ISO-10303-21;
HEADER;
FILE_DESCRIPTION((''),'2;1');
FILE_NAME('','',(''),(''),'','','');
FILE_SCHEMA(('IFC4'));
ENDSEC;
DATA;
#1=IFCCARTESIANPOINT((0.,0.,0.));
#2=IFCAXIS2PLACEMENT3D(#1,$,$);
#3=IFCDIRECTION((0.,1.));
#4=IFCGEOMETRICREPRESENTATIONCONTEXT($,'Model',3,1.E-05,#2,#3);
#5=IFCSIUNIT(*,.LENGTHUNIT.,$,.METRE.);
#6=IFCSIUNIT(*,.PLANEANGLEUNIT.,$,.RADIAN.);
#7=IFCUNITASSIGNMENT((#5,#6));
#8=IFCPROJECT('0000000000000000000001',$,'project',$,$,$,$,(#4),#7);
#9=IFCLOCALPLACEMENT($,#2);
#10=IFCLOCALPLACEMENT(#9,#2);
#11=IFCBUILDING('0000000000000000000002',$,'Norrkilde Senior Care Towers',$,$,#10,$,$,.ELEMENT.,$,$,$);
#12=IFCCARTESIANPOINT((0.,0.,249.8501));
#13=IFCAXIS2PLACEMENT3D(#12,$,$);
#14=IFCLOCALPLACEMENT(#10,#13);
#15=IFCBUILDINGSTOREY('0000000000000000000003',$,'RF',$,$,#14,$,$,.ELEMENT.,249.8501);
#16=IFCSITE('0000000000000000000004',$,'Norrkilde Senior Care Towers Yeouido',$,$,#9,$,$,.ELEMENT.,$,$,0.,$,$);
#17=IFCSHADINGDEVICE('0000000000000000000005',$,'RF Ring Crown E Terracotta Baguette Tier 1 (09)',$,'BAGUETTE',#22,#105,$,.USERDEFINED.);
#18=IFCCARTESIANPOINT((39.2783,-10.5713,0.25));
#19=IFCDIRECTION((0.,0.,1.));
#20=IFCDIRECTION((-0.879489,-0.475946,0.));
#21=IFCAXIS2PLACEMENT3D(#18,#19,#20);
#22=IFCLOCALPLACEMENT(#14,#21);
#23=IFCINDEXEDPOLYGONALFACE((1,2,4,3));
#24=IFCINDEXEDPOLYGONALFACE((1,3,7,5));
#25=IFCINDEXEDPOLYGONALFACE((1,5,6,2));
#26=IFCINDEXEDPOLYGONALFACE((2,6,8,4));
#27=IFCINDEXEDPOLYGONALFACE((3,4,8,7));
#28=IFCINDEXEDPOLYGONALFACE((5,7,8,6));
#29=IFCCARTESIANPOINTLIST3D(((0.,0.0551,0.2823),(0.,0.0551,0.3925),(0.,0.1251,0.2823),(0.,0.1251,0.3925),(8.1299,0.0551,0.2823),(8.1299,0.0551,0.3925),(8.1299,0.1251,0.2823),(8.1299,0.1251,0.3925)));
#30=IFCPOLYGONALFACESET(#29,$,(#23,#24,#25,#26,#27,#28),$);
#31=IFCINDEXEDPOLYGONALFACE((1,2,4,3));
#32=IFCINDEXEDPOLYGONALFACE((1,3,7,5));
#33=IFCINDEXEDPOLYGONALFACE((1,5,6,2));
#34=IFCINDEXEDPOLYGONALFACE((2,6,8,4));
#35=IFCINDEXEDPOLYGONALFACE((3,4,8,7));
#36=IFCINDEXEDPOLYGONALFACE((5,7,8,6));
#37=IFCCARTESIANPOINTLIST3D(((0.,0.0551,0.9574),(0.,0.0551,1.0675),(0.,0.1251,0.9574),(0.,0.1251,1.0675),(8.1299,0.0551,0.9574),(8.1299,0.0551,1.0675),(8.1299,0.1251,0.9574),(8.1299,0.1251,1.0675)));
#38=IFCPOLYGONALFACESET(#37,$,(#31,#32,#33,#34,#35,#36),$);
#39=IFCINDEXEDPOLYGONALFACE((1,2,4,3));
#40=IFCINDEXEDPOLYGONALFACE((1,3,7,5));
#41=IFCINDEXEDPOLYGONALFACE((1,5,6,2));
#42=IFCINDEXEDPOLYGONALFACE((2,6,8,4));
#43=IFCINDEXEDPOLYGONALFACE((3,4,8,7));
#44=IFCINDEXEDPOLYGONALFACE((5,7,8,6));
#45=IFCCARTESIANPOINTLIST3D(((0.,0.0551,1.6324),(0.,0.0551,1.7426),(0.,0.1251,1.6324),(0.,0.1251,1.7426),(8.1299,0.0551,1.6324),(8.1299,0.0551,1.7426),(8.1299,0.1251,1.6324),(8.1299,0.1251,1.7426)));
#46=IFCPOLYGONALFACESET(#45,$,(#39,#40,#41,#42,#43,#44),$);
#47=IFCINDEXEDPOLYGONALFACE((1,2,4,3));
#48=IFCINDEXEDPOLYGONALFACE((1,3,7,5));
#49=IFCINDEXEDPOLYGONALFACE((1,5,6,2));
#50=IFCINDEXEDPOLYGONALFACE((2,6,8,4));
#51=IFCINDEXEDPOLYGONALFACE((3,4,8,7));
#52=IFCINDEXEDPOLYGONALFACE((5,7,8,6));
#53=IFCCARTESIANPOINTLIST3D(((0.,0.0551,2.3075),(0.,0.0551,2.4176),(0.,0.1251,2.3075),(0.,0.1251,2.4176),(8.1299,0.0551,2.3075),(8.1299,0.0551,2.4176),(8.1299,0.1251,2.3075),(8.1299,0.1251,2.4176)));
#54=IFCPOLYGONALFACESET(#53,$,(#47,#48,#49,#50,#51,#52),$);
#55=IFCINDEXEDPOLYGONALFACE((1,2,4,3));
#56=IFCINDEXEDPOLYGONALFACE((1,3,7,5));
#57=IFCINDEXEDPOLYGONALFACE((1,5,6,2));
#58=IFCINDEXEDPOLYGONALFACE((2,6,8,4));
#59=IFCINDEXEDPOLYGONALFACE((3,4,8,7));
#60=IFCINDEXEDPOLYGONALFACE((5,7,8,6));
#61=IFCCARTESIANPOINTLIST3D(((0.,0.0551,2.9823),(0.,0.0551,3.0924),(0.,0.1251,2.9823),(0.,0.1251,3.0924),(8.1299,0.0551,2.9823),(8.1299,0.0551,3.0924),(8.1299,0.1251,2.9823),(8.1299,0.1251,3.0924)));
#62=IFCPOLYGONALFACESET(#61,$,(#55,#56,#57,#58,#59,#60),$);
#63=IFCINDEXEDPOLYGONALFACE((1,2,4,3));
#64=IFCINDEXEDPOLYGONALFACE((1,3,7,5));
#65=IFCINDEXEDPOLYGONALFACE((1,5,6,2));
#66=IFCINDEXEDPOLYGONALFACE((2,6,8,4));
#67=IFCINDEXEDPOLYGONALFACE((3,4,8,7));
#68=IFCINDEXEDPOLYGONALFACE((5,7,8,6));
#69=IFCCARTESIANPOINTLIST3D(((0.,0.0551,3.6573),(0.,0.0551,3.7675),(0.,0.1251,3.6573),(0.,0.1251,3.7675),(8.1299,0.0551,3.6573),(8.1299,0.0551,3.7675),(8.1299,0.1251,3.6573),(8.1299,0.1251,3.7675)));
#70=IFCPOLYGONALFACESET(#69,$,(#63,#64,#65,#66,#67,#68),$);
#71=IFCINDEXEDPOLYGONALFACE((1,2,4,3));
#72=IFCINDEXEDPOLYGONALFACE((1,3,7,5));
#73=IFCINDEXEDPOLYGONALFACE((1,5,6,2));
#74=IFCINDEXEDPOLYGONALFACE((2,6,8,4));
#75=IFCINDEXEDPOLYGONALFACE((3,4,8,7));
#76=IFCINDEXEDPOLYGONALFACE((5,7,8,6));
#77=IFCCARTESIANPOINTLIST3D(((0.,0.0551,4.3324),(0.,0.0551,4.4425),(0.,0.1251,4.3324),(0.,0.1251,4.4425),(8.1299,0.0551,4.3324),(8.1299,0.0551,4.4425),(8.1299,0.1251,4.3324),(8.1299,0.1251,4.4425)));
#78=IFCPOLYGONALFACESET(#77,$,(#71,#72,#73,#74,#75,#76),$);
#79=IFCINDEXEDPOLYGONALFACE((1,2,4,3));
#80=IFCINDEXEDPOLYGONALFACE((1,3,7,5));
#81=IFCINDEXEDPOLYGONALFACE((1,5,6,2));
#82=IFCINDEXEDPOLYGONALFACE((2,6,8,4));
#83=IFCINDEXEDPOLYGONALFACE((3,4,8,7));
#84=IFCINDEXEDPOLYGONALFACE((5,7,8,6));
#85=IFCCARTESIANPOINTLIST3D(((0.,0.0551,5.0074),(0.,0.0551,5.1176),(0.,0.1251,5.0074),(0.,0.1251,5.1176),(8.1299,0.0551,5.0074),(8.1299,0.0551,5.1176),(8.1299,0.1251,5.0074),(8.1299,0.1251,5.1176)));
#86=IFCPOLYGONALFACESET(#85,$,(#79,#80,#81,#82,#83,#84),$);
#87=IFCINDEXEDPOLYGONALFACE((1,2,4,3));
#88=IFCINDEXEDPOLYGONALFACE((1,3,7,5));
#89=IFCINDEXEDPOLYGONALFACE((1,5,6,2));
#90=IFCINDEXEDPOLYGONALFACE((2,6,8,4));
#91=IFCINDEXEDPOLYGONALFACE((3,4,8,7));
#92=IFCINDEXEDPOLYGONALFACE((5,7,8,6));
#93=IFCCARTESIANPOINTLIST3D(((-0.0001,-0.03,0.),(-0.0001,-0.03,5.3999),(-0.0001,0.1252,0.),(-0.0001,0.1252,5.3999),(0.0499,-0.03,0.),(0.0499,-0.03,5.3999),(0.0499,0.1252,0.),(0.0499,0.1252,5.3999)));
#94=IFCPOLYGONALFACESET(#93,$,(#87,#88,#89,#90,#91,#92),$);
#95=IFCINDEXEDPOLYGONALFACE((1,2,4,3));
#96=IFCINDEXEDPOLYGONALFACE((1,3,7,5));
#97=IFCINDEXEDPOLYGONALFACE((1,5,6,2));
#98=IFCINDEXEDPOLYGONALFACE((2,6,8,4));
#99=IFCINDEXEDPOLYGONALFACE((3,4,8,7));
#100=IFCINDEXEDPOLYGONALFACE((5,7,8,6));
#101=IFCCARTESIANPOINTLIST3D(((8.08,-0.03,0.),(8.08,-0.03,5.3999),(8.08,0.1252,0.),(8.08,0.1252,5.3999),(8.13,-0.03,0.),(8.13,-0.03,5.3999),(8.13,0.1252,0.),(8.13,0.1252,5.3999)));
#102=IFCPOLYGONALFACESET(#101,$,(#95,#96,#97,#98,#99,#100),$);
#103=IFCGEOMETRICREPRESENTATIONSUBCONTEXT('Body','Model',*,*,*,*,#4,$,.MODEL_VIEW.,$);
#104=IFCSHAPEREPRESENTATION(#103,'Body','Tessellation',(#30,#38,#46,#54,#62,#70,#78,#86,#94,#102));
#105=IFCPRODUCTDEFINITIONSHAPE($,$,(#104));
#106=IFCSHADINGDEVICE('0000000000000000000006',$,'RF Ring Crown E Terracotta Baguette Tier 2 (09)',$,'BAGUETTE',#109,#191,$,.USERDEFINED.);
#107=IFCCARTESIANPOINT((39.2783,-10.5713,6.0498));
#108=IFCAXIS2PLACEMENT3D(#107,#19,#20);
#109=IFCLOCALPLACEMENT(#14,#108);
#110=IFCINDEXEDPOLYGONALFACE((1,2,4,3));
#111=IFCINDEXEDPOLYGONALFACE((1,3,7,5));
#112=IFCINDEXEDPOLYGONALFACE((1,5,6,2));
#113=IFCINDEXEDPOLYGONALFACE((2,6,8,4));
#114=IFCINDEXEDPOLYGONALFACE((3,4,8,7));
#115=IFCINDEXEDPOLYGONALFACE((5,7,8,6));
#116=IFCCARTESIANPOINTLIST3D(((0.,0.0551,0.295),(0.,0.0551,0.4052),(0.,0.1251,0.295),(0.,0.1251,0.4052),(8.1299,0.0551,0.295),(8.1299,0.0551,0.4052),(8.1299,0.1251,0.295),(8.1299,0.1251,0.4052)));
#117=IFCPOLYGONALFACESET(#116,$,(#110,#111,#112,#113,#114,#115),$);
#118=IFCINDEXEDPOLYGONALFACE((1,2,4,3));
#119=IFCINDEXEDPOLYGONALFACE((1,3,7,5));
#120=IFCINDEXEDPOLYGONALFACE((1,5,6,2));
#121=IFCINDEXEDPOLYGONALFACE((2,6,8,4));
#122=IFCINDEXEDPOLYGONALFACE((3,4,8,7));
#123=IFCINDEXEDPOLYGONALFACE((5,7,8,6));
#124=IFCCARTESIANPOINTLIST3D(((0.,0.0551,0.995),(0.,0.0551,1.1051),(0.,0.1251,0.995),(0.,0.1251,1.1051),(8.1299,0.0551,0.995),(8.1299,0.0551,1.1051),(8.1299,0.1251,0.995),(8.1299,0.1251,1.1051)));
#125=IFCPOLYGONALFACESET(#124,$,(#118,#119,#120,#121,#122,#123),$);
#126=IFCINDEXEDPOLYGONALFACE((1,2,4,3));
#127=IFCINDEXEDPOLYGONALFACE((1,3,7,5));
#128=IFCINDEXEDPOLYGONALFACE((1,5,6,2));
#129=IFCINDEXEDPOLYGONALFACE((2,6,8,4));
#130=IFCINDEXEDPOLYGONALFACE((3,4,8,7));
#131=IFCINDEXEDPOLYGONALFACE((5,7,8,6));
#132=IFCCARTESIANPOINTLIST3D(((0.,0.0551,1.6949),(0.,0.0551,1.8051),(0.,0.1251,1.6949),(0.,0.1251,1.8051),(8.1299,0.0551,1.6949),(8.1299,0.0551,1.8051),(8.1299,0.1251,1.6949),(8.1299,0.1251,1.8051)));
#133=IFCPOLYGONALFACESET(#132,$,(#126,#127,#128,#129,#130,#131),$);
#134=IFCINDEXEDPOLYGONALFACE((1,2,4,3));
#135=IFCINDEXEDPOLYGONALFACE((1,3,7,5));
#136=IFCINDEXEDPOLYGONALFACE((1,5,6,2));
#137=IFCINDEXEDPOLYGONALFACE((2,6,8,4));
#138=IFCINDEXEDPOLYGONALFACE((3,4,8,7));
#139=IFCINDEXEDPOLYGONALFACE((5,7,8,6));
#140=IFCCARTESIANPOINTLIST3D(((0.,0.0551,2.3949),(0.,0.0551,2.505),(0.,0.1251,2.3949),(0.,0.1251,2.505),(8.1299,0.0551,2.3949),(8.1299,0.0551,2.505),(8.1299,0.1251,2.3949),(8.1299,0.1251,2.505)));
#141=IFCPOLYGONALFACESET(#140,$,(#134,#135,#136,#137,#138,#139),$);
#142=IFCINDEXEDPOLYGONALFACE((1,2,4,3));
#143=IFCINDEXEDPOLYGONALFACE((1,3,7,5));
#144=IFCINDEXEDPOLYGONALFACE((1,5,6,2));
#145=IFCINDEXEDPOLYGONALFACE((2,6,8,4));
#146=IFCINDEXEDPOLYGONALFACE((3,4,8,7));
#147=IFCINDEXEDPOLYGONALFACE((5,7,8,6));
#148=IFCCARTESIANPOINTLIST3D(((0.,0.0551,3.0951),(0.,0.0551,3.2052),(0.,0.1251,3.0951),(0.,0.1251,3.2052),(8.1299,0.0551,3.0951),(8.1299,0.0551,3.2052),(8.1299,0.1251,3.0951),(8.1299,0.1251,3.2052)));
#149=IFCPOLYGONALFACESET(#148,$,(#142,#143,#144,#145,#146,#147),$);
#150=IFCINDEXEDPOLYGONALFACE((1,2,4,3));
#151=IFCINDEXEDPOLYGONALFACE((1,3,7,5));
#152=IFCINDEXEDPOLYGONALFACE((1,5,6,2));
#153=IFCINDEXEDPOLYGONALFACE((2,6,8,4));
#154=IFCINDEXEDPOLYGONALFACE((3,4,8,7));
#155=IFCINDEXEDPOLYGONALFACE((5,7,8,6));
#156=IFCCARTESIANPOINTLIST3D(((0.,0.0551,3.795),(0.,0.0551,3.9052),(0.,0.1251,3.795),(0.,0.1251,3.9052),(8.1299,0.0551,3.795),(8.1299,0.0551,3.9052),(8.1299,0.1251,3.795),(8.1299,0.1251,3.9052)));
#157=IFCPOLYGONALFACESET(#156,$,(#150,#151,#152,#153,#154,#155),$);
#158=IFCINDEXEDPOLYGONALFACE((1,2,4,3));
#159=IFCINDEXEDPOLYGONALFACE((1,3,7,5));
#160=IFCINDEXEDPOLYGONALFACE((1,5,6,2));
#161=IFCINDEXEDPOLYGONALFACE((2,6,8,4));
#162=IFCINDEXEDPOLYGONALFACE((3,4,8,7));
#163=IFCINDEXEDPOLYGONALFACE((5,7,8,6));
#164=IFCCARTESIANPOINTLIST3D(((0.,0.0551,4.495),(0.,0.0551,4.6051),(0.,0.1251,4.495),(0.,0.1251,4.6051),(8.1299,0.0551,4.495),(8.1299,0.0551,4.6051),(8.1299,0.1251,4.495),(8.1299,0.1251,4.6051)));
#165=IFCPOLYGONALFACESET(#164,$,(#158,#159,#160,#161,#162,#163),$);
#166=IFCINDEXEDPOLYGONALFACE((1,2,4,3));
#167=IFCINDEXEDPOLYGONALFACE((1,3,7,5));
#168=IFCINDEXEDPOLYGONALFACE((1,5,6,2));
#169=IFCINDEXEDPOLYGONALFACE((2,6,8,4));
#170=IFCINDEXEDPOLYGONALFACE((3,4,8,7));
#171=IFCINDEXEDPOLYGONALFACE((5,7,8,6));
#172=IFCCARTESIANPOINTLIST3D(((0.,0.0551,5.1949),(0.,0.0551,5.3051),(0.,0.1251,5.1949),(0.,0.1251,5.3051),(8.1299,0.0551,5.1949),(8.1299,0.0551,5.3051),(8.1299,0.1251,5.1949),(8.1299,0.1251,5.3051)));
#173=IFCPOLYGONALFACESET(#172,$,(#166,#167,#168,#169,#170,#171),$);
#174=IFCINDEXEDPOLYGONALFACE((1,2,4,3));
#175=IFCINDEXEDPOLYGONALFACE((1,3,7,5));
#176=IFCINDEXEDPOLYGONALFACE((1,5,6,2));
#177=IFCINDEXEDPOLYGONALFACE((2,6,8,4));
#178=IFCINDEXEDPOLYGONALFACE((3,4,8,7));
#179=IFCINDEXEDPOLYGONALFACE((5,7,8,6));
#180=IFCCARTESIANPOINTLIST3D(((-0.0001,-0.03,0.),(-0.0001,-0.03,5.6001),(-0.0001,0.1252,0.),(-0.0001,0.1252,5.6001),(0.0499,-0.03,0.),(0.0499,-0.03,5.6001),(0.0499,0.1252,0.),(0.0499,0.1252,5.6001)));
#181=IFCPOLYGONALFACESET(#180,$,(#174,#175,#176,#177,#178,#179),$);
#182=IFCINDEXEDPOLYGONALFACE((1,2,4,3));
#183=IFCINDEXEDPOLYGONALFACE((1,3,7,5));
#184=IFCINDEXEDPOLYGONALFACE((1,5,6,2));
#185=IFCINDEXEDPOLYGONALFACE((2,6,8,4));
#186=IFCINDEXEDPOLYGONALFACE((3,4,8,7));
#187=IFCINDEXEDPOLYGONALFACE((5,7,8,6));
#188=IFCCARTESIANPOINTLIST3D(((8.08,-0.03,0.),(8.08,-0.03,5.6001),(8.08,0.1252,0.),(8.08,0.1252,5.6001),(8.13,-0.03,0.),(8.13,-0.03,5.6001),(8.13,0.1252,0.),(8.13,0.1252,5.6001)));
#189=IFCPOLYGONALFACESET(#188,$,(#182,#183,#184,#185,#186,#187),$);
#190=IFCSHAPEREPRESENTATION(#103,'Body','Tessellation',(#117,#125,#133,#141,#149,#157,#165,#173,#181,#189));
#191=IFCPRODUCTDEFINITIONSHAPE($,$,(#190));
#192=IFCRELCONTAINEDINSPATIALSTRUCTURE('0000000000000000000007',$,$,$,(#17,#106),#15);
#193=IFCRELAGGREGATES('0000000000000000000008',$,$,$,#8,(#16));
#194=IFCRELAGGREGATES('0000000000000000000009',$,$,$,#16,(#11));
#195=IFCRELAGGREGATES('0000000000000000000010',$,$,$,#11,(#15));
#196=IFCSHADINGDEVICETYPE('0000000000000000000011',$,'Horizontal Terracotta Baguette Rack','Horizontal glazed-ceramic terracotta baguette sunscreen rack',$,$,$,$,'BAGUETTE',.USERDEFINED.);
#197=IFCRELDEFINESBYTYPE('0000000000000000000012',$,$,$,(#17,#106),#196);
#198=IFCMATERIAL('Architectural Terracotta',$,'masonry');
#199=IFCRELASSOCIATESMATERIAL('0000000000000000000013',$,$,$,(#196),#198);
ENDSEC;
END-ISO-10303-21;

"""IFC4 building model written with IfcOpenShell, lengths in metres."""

from ifc_helpers import new_model, si_unit, direction, frame, origin, origin_2d, place, context, subcontext, project, spatial, rectangle, extrude, source, transform, mapped, material, type_object, element, save


model = new_model("IFC4")

# Units and contexts
model_context = context("Model", 3, precision=1e-05, world=origin(), true_north=direction((0.0, 1.0)))
body_context = subcontext(model_context, "Body", "Model", "MODEL_VIEW")
ifc_project = project(units=[si_unit("LENGTHUNIT", "METRE"), si_unit("PLANEANGLEUNIT", "RADIAN")], contexts=[model_context])

# Site, building, storey
site_placement = place(None, origin())
site = spatial("IfcSite", under=ifc_project, at=site_placement, Name="Norrkilde Senior Care Towers Yeouido", CompositionType="ELEMENT", RefElevation=0.0)
building_placement = place(site_placement, origin())
building = spatial("IfcBuilding", under=site, at=building_placement, Name="Norrkilde Senior Care Towers", CompositionType="ELEMENT")
storey_placement = place(building_placement, frame((0.0, 0.0, 249.8501)))
storey = spatial("IfcBuildingStorey", under=building, at=storey_placement, Name="RF", CompositionType="ELEMENT", Elevation=249.8501)

# Shared definitions
ifc_material_1 = material(Name="Architectural Terracotta", Category="masonry")

# Shading devices
shading_device_type = type_object("IfcShadingDeviceType", Name="Horizontal Terracotta Baguette Rack", Description="Horizontal glazed-ceramic terracotta baguette sunscreen rack", ElementType="BAGUETTE", PredefinedType="USERDEFINED", material=ifc_material_1)
shared_shape_1 = source(origin(), body_context, "Body", "SweptSolid", [
    extrude(rectangle(XDim=0.0701, YDim=0.1101, at=origin_2d()), frame((0.0, 0.0901, 0.3374), z_axis=(1.0, 0.0, 0.0), x_axis=(0.0, 1.0, 0.0)), (0.0, 0.0, 1.0), 8.1299),
    extrude(rectangle(XDim=0.0701, YDim=0.1101, at=origin_2d()), frame((0.0, 0.0901, 1.0125), z_axis=(1.0, 0.0, 0.0), x_axis=(0.0, 1.0, 0.0)), (0.0, 0.0, 1.0), 8.1299),
    extrude(rectangle(XDim=0.0701, YDim=0.1101, at=origin_2d()), frame((0.0, 0.0901, 1.6875), z_axis=(1.0, 0.0, 0.0), x_axis=(0.0, 1.0, 0.0)), (0.0, 0.0, 1.0), 8.1299),
    extrude(rectangle(XDim=0.0701, YDim=0.1101, at=origin_2d()), frame((0.0, 0.0901, 2.3625), z_axis=(1.0, 0.0, 0.0), x_axis=(0.0, 1.0, 0.0)), (0.0, 0.0, 1.0), 8.1299),
    extrude(rectangle(XDim=0.0701, YDim=0.1101, at=origin_2d()), frame((0.0, 0.0901, 3.0374), z_axis=(1.0, 0.0, 0.0), x_axis=(0.0, 1.0, 0.0)), (0.0, 0.0, 1.0), 8.1299),
    extrude(rectangle(XDim=0.0701, YDim=0.1101, at=origin_2d()), frame((0.0, 0.0901, 3.7124), z_axis=(1.0, 0.0, 0.0), x_axis=(0.0, 1.0, 0.0)), (0.0, 0.0, 1.0), 8.1299),
    extrude(rectangle(XDim=0.0701, YDim=0.1101, at=origin_2d()), frame((0.0, 0.0901, 4.3875), z_axis=(1.0, 0.0, 0.0), x_axis=(0.0, 1.0, 0.0)), (0.0, 0.0, 1.0), 8.1299),
    extrude(rectangle(XDim=0.0701, YDim=0.1101, at=origin_2d()), frame((0.0, 0.0901, 5.0625), z_axis=(1.0, 0.0, 0.0), x_axis=(0.0, 1.0, 0.0)), (0.0, 0.0, 1.0), 8.1299),
    extrude(rectangle(XDim=0.05, YDim=0.1553, at=origin_2d()), frame((0.0249, 0.0476, 0.0)), (0.0, 0.0, 1.0), 5.3999),
    extrude(rectangle(XDim=0.05, YDim=0.1553, at=origin_2d()), frame((8.105, 0.0476, 0.0)), (0.0, 0.0, 1.0), 5.3999),
])
shading_device_1_placement = place(storey_placement, frame((39.2783, -10.5713, 0.25), z_axis=(0.0, 0.0, 1.0), x_axis=(-0.879489, -0.475946, 0.0)))
element("IfcShadingDevice", 1, at=shading_device_1_placement, inside=storey, type_object=shading_device_type, Name="RF Ring Crown E Terracotta Baguette Tier 1 (09)", ObjectType="BAGUETTE", PredefinedType="USERDEFINED", context=body_context, shape_type="MappedRepresentation", body=[
    mapped(shared_shape_1, transform((0.0, 0.0, 0.0), x_axis=(1.0, 0.0, 0.0), y_axis=(0.0, 1.0, 0.0), z_axis=(0.0, 0.0, 1.0), scale=1.0)),
])
shared_shape_2 = source(origin(), body_context, "Body", "SweptSolid", [
    extrude(rectangle(XDim=0.0701, YDim=0.1101, at=origin_2d()), frame((0.0, 0.0901, 0.3501), z_axis=(1.0, 0.0, 0.0), x_axis=(0.0, 1.0, 0.0)), (0.0, 0.0, 1.0), 8.1299),
    extrude(rectangle(XDim=0.0701, YDim=0.1101, at=origin_2d()), frame((0.0, 0.0901, 1.05), z_axis=(1.0, 0.0, 0.0), x_axis=(0.0, 1.0, 0.0)), (0.0, 0.0, 1.0), 8.1299),
    extrude(rectangle(XDim=0.0701, YDim=0.1101, at=origin_2d()), frame((0.0, 0.0901, 1.75), z_axis=(1.0, 0.0, 0.0), x_axis=(0.0, 1.0, 0.0)), (0.0, 0.0, 1.0), 8.1299),
    extrude(rectangle(XDim=0.0701, YDim=0.1101, at=origin_2d()), frame((0.0, 0.0901, 2.45), z_axis=(1.0, 0.0, 0.0), x_axis=(0.0, 1.0, 0.0)), (0.0, 0.0, 1.0), 8.1299),
    extrude(rectangle(XDim=0.0701, YDim=0.1101, at=origin_2d()), frame((0.0, 0.0901, 3.1501), z_axis=(1.0, 0.0, 0.0), x_axis=(0.0, 1.0, 0.0)), (0.0, 0.0, 1.0), 8.1299),
    extrude(rectangle(XDim=0.0701, YDim=0.1101, at=origin_2d()), frame((0.0, 0.0901, 3.8501), z_axis=(1.0, 0.0, 0.0), x_axis=(0.0, 1.0, 0.0)), (0.0, 0.0, 1.0), 8.1299),
    extrude(rectangle(XDim=0.0701, YDim=0.1101, at=origin_2d()), frame((0.0, 0.0901, 4.55), z_axis=(1.0, 0.0, 0.0), x_axis=(0.0, 1.0, 0.0)), (0.0, 0.0, 1.0), 8.1299),
    extrude(rectangle(XDim=0.0701, YDim=0.1101, at=origin_2d()), frame((0.0, 0.0901, 5.25), z_axis=(1.0, 0.0, 0.0), x_axis=(0.0, 1.0, 0.0)), (0.0, 0.0, 1.0), 8.1299),
    extrude(rectangle(XDim=0.05, YDim=0.1553, at=origin_2d()), frame((0.0249, 0.0476, 0.0)), (0.0, 0.0, 1.0), 5.6001),
    extrude(rectangle(XDim=0.05, YDim=0.1553, at=origin_2d()), frame((8.105, 0.0476, 0.0)), (0.0, 0.0, 1.0), 5.6001),
])
shading_device_2_placement = place(storey_placement, frame((39.2783, -10.5713, 6.0498), z_axis=(0.0, 0.0, 1.0), x_axis=(-0.879489, -0.475946, 0.0)))
element("IfcShadingDevice", 2, at=shading_device_2_placement, inside=storey, type_object=shading_device_type, Name="RF Ring Crown E Terracotta Baguette Tier 2 (09)", ObjectType="BAGUETTE", PredefinedType="USERDEFINED", context=body_context, shape_type="MappedRepresentation", body=[
    mapped(shared_shape_2, transform((0.0, 0.0, 0.0), x_axis=(1.0, 0.0, 0.0), y_axis=(0.0, 1.0, 0.0), z_axis=(0.0, 0.0, 1.0), scale=1.0)),
])

save(model, "model.ifc")
